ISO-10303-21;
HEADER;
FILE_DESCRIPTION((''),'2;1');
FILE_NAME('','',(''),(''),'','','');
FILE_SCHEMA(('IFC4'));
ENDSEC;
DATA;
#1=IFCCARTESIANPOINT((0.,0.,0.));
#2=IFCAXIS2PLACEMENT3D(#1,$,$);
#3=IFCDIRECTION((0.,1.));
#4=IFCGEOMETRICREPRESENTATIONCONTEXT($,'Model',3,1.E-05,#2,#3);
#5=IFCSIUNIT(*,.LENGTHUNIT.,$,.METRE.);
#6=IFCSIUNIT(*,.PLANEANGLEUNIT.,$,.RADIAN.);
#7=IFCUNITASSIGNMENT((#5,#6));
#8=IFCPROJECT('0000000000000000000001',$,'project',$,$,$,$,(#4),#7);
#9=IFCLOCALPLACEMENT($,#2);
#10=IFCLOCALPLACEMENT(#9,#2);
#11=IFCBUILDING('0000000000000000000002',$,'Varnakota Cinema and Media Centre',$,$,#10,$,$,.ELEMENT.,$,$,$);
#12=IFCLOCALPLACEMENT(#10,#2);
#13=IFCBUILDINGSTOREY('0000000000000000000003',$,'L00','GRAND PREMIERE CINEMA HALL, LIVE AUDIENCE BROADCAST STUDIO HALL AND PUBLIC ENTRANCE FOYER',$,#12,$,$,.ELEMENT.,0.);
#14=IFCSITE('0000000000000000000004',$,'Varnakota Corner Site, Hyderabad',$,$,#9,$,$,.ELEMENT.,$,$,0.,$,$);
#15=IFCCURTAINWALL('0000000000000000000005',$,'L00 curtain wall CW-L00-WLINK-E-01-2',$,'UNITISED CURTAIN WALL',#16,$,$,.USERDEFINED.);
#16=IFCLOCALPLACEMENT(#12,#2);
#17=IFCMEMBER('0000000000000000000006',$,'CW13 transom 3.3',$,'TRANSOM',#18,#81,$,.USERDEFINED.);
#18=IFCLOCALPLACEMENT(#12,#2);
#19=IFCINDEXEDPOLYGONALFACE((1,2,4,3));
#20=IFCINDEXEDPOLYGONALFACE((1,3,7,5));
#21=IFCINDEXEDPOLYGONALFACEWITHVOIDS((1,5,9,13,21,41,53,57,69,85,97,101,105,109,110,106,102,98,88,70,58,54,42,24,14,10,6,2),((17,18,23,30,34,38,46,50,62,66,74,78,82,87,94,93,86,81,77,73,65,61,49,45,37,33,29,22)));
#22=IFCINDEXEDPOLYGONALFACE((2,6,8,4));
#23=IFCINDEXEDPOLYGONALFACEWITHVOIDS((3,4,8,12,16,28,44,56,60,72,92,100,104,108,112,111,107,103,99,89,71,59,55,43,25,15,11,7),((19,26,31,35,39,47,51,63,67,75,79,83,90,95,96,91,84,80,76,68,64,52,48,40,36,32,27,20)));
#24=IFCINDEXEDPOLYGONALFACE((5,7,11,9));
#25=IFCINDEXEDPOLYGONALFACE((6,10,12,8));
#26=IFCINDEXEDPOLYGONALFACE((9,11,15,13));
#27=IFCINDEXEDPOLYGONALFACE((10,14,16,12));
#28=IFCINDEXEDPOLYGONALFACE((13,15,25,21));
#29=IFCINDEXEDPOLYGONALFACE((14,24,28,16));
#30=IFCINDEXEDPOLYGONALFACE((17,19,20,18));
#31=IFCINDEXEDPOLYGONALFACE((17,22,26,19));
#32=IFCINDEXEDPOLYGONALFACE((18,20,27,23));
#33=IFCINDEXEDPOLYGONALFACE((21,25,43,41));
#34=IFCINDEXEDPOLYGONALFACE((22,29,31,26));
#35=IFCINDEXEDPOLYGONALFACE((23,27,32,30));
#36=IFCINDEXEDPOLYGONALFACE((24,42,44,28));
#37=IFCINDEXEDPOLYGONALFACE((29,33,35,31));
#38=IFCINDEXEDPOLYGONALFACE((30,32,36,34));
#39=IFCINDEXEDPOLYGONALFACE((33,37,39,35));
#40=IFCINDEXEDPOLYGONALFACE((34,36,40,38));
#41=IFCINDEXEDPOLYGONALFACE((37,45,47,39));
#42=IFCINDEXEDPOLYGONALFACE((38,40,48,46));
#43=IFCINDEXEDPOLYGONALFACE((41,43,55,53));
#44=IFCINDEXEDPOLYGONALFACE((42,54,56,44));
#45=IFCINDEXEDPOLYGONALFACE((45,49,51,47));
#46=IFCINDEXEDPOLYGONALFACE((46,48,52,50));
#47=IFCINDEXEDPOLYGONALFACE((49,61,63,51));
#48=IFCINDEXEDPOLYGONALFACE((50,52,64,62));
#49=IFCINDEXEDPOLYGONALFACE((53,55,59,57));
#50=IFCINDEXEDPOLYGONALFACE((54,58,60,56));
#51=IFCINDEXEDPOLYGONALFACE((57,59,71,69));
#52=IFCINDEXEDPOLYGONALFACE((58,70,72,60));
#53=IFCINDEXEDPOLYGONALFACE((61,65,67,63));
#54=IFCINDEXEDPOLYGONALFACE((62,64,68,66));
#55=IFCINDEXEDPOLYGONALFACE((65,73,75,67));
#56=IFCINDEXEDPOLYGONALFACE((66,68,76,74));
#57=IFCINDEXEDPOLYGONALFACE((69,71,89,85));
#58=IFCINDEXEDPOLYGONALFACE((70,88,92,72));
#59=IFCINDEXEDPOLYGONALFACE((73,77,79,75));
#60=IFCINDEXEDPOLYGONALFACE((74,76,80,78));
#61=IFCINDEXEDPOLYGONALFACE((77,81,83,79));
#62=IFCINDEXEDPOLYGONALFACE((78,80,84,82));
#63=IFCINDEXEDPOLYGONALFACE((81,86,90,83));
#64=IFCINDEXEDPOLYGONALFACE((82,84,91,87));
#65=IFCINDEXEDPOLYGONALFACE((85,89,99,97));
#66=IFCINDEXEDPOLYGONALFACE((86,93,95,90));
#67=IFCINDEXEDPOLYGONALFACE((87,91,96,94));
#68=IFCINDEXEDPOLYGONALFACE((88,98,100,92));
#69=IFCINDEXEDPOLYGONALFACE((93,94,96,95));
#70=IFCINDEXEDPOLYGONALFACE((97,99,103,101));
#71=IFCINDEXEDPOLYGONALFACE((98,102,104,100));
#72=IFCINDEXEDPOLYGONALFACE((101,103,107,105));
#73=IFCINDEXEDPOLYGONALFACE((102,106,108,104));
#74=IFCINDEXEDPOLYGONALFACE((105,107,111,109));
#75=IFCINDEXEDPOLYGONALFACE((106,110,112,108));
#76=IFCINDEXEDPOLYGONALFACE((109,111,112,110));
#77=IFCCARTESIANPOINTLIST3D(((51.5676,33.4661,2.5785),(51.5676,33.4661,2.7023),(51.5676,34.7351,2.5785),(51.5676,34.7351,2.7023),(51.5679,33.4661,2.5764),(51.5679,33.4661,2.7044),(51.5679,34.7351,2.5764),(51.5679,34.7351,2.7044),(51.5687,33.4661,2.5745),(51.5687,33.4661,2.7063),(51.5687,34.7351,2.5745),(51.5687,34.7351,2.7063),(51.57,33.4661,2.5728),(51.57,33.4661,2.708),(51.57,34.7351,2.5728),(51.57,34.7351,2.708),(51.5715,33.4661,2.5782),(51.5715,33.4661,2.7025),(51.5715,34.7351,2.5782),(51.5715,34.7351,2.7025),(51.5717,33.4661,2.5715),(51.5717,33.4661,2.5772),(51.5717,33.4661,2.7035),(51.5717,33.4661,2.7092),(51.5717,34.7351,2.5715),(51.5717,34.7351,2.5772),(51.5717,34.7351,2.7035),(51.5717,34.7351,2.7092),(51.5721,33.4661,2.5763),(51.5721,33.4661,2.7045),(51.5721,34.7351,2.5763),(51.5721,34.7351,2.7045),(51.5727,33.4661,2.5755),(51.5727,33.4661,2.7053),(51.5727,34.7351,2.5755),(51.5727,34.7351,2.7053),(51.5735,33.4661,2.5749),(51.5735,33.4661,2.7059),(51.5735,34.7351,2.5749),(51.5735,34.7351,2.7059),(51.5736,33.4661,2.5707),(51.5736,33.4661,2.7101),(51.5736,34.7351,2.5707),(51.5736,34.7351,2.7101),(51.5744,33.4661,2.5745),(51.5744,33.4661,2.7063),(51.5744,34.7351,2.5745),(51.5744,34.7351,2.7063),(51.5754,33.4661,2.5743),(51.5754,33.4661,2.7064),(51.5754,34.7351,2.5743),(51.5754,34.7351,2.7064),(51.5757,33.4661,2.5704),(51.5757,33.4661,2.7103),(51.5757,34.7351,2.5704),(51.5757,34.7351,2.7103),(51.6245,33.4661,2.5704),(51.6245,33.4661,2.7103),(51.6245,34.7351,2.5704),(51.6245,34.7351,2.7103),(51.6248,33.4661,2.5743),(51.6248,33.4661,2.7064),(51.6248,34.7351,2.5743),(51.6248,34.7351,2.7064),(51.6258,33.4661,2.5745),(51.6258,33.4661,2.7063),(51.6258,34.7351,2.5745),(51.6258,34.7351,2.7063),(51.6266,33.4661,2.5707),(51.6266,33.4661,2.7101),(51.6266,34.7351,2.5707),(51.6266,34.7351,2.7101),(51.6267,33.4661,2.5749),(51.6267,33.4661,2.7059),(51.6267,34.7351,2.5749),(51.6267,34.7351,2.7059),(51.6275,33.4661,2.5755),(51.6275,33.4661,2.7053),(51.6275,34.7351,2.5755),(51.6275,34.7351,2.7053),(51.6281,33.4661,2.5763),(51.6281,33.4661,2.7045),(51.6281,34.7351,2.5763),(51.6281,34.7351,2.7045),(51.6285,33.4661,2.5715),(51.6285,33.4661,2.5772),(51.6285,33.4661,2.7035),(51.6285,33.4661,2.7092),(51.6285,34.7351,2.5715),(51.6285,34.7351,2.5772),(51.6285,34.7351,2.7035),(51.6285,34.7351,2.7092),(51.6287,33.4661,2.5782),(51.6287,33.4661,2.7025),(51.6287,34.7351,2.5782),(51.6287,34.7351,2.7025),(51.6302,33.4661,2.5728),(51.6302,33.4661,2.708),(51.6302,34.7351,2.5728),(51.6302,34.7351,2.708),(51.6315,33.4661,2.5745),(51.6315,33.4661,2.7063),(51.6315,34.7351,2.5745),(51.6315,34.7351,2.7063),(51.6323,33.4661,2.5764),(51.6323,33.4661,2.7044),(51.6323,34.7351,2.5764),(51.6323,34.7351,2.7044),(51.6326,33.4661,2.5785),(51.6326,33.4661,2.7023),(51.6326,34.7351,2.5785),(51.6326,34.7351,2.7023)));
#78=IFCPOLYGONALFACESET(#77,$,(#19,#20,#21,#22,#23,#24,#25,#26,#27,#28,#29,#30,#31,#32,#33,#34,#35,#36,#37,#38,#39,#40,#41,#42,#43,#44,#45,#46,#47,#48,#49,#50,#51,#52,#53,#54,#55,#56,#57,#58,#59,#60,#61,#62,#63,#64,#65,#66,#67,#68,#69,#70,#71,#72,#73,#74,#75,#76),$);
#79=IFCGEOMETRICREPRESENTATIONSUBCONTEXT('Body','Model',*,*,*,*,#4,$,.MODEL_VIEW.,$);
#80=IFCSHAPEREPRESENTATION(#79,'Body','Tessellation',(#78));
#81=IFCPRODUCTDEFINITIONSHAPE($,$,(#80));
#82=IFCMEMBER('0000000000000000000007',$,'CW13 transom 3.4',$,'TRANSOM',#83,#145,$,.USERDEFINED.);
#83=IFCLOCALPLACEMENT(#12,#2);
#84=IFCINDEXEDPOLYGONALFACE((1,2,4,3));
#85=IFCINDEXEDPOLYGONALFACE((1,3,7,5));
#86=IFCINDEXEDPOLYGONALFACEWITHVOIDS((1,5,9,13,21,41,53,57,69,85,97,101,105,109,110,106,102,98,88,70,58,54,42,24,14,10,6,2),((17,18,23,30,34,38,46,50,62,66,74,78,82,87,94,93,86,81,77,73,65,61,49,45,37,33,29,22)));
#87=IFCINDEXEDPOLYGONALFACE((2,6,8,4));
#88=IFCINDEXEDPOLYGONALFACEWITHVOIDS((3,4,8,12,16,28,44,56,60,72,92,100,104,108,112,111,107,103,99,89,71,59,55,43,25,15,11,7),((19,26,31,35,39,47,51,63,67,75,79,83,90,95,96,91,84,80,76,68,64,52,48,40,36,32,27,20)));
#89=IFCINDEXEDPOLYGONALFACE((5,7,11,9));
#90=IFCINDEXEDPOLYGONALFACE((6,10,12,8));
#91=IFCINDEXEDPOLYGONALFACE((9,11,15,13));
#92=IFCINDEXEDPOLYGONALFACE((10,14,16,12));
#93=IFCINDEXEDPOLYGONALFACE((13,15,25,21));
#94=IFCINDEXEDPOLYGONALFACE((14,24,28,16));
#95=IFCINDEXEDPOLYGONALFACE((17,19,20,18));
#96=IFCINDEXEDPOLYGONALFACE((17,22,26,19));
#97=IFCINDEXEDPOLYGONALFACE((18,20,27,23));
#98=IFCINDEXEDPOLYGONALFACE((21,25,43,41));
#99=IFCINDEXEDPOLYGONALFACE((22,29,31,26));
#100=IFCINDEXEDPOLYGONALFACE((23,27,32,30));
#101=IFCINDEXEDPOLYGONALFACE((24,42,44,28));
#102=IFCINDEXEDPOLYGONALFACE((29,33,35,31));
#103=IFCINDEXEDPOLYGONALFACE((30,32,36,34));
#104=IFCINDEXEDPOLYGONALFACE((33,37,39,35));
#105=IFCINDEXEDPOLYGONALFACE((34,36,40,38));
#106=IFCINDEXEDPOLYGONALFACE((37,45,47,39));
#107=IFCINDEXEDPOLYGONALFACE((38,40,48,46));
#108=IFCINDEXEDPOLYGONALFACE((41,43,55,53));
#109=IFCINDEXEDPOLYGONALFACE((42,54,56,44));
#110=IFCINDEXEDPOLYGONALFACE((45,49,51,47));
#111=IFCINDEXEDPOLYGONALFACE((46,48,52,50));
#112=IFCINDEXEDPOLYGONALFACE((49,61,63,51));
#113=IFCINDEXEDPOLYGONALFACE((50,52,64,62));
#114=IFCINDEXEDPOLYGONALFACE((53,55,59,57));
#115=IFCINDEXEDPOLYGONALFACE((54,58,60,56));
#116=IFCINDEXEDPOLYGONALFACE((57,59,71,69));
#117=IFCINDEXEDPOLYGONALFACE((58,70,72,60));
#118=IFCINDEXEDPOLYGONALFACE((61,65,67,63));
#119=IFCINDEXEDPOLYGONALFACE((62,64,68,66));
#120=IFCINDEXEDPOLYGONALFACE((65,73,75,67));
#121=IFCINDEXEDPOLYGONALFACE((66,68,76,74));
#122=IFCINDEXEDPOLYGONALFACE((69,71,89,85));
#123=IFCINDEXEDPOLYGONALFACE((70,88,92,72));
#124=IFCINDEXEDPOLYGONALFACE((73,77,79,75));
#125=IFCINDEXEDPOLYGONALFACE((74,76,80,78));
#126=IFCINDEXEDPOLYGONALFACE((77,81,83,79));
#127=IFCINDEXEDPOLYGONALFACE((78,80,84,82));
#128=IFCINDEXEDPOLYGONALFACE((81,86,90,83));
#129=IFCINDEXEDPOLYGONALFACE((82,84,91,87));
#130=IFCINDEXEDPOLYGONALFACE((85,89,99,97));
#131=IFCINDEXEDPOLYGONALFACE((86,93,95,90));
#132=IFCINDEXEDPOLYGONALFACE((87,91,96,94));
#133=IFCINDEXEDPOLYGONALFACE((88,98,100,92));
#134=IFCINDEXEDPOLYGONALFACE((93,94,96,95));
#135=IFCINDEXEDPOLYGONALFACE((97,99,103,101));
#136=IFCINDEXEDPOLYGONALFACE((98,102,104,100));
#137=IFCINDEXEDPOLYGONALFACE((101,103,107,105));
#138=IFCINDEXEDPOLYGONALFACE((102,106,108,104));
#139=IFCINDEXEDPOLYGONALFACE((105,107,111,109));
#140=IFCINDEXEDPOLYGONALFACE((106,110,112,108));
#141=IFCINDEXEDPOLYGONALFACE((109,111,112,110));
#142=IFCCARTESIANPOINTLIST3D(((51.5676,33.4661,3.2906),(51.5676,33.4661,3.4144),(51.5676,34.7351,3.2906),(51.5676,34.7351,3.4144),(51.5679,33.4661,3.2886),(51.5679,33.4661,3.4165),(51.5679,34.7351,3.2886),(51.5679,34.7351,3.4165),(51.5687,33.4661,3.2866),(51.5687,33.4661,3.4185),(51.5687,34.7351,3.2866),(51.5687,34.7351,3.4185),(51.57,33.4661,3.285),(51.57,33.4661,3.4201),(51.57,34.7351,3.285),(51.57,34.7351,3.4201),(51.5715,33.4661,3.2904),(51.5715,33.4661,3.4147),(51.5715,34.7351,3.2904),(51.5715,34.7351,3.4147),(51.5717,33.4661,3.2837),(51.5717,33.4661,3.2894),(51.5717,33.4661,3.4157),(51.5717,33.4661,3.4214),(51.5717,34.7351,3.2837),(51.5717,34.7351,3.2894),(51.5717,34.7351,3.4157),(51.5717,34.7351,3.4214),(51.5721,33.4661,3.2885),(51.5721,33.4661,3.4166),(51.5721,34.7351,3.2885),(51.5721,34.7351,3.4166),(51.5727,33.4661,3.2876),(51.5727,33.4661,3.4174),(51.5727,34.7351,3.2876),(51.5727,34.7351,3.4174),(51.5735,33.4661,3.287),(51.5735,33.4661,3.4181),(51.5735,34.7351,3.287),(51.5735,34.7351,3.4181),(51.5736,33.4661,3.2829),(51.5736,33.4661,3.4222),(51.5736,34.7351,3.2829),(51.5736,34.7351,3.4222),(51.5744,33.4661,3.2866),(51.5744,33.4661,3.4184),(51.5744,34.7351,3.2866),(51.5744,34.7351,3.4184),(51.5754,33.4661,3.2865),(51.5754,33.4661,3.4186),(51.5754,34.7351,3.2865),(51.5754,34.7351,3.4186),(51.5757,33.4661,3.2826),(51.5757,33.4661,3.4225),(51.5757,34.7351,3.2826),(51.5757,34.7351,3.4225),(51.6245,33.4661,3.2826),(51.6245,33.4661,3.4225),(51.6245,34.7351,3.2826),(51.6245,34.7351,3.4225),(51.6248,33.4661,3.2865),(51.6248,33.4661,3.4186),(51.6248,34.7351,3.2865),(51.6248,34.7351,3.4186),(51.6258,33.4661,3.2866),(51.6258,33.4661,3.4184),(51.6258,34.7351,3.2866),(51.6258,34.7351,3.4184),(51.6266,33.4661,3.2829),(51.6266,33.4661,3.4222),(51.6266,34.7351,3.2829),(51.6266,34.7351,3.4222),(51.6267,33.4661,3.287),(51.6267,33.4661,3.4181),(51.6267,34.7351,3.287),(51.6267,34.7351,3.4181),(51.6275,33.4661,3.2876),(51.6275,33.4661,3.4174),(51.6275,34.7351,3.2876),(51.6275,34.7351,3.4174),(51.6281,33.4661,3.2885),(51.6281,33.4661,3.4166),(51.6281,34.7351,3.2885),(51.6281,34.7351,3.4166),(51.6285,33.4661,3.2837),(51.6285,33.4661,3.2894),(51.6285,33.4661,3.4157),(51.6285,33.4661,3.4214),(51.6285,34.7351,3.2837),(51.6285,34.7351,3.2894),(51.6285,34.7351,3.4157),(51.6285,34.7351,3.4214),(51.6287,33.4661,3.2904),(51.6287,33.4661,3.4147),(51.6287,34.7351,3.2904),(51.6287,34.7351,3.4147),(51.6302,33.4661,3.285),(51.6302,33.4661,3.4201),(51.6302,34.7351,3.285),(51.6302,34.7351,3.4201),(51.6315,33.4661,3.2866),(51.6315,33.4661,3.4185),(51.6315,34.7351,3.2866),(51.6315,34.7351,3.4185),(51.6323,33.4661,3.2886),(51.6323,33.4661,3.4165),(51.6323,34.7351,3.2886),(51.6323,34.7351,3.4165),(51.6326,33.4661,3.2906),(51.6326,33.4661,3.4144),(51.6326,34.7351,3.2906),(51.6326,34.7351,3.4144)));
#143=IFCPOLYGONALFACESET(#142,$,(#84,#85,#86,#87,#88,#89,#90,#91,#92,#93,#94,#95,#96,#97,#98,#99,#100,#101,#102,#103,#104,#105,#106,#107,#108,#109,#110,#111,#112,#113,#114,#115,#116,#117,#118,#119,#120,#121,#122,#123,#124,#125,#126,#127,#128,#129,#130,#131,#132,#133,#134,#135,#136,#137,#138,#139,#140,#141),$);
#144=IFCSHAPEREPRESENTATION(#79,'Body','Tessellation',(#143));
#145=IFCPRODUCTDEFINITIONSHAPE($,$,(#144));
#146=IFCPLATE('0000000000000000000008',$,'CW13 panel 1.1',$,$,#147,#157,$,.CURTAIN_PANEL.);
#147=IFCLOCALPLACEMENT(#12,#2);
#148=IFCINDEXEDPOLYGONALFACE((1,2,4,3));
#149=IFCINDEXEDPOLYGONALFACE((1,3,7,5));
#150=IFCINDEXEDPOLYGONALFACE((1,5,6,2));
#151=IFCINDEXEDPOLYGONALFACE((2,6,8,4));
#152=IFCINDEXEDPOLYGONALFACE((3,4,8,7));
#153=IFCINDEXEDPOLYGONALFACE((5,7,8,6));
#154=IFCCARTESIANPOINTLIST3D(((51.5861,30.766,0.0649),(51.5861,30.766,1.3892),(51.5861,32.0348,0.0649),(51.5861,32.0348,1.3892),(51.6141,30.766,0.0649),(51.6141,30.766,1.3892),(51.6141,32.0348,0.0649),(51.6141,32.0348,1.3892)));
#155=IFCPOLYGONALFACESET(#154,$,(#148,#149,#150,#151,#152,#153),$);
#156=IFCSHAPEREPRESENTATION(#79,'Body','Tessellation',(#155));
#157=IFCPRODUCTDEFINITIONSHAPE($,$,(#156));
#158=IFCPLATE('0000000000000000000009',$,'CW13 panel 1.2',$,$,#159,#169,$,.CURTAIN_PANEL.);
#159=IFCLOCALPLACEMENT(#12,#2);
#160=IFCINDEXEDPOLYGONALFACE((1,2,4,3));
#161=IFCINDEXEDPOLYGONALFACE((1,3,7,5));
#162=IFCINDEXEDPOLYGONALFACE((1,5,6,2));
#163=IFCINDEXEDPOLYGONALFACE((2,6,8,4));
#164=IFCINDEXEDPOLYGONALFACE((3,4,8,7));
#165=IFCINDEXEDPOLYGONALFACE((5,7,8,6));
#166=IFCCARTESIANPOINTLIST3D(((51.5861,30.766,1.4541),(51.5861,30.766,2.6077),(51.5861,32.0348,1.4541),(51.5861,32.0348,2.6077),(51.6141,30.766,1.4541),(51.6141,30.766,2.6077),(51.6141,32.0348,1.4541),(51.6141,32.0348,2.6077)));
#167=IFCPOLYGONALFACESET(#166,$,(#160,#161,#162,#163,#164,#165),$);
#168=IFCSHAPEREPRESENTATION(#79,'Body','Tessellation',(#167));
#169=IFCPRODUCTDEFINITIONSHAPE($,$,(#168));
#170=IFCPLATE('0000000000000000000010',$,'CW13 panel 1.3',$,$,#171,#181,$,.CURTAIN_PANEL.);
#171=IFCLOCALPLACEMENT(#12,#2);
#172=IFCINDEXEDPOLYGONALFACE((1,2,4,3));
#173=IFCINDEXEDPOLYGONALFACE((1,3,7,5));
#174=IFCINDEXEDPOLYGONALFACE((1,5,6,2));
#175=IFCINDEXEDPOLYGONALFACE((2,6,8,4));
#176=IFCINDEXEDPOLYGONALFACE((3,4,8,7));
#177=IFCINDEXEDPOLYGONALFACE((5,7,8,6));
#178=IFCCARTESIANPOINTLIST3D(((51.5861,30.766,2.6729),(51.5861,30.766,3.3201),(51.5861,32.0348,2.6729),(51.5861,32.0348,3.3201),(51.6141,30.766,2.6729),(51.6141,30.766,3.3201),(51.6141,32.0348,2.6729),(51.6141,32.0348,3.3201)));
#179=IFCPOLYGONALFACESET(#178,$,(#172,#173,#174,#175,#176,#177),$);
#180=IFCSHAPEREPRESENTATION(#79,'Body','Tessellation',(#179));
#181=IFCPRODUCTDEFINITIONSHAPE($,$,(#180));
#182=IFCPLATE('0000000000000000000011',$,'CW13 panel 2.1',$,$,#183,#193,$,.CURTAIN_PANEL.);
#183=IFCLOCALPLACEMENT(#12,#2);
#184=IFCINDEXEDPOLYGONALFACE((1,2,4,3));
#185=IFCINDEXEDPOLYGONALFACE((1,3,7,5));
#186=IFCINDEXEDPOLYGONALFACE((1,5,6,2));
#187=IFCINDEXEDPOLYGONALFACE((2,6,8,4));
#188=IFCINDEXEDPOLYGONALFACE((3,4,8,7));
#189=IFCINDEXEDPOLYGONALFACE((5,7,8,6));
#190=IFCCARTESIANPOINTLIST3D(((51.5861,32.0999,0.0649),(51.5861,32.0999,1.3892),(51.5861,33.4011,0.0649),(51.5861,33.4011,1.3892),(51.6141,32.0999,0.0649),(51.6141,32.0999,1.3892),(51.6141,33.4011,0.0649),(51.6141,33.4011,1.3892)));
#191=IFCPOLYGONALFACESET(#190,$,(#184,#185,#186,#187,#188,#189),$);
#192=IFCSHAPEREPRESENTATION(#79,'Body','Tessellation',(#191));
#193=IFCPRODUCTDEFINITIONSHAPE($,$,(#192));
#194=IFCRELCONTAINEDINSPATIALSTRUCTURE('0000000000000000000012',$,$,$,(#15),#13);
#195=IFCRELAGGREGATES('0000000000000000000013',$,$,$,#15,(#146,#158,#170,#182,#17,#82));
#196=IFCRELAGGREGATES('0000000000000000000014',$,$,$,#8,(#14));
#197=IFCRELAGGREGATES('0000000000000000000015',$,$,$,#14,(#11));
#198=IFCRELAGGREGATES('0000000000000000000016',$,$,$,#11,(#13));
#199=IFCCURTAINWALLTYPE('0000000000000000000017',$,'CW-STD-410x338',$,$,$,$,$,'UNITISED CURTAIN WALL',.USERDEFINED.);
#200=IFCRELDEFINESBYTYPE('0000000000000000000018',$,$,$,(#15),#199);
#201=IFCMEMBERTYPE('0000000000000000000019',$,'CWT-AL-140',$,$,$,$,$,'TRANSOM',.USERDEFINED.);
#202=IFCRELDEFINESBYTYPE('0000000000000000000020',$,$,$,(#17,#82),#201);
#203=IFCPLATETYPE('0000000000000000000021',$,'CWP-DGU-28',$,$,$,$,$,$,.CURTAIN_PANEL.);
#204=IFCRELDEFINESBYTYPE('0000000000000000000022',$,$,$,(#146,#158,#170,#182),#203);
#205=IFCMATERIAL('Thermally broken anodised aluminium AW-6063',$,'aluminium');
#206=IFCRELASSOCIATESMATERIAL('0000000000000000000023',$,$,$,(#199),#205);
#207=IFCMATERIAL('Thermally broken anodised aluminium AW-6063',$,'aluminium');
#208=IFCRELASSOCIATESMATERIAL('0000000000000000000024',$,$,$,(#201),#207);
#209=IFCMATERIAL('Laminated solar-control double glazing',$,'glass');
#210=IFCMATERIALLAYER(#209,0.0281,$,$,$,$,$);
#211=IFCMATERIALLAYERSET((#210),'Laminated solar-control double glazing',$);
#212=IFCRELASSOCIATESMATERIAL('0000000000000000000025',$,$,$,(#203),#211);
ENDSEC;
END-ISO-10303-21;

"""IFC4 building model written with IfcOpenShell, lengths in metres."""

from ifc_helpers import new_model, si_unit, direction, frame, origin, origin_2d, place, context, subcontext, project, spatial, rectangle, hollow_rectangle, extrude, material, layer, layer_set, material_profile, profile_set, type_object, element, aggregate, save


model = new_model("IFC4")

# Units and contexts
model_context = context("Model", 3, precision=1e-05, world=origin(), true_north=direction((0.0, 1.0)))
body_context = subcontext(model_context, "Body", "Model", "MODEL_VIEW")
ifc_project = project(units=[si_unit("LENGTHUNIT", "METRE"), si_unit("PLANEANGLEUNIT", "RADIAN")], contexts=[model_context])

# Site, building, storey
site_placement = place(None, origin())
site = spatial("IfcSite", under=ifc_project, at=site_placement, Name="Varnakota Corner Site, Hyderabad", CompositionType="ELEMENT", RefElevation=0.0)
building_placement = place(site_placement, origin())
building = spatial("IfcBuilding", under=site, at=building_placement, Name="Varnakota Cinema and Media Centre", CompositionType="ELEMENT")
storey_placement = place(building_placement, origin())
storey = spatial("IfcBuildingStorey", under=building, at=storey_placement, Name="L00", Description="GRAND PREMIERE CINEMA HALL, LIVE AUDIENCE BROADCAST STUDIO HALL AND PUBLIC ENTRANCE FOYER", CompositionType="ELEMENT", Elevation=0.0)

# Shared definitions
ifc_material_1 = material(Name="Thermally broken anodised aluminium AW-6063", Category="aluminium")
curtain_wall_type = type_object("IfcCurtainWallType", Name="CW-STD-410x338", ElementType="UNITISED CURTAIN WALL", PredefinedType="USERDEFINED", material=ifc_material_1)

# Curtain wall, members, plates
curtain_wall_1_placement = place(storey_placement, origin())
curtain_wall_1 = element("IfcCurtainWall", 1, at=curtain_wall_1_placement, inside=storey, type_object=curtain_wall_type, Name="L00 curtain wall CW-L00-WLINK-E-01-2", ObjectType="UNITISED CURTAIN WALL", PredefinedType="USERDEFINED")
ifc_material_2 = material(Name="Thermally broken anodised aluminium AW-6063", Category="aluminium")
ifc_material_profile_1 = material_profile(ifc_material_2, hollow_rectangle(XDim=0.0649, YDim=0.1399, WallThickness=0.0039, InnerFilletRadius=0.0039, OuterFilletRadius=0.0081, at=origin_2d()), Name="AL-TRANSOM 140x65x4")
ifc_profile_set_1 = profile_set([ifc_material_profile_1], Name="Thermally broken anodised aluminium AW-6063")
member_type_1 = type_object("IfcMemberType", Name="CWT-AL-140", ElementType="TRANSOM", PredefinedType="USERDEFINED", material=ifc_profile_set_1)
member_1_placement = place(storey_placement, frame((51.6001, 33.4661, 2.6404), z_axis=(0.0, 1.0, 0.0), x_axis=(-1.0, 0.0, 0.0)))
member_1 = element("IfcMember", 2, at=member_1_placement, type_object=member_type_1, Name="CW13 transom 3.3", ObjectType="TRANSOM", PredefinedType="USERDEFINED", context=body_context, shape_type="SweptSolid", body=[
    extrude(hollow_rectangle(XDim=0.0649, YDim=0.1399, WallThickness=0.0039, InnerFilletRadius=0.0039, OuterFilletRadius=0.0081, at=origin_2d()), origin(), (0.0, 0.0, 1.0), 1.269),
])
member_2_placement = place(storey_placement, frame((51.6001, 33.4661, 3.3525), z_axis=(0.0, 1.0, 0.0), x_axis=(-1.0, 0.0, 0.0)))
member_2 = element("IfcMember", 3, at=member_2_placement, type_object=member_type_1, Name="CW13 transom 3.4", ObjectType="TRANSOM", PredefinedType="USERDEFINED", context=body_context, shape_type="SweptSolid", body=[
    extrude(hollow_rectangle(XDim=0.0649, YDim=0.1399, WallThickness=0.0039, InnerFilletRadius=0.0039, OuterFilletRadius=0.0081, at=origin_2d()), origin(), (0.0, 0.0, 1.0), 1.269),
])
ifc_material_3 = material(Name="Laminated solar-control double glazing", Category="glass")
ifc_layer = layer(ifc_material_3, 0.0281)
ifc_layer_set = layer_set([ifc_layer], Name="Laminated solar-control double glazing")
plate_type = type_object("IfcPlateType", Name="CWP-DGU-28", PredefinedType="CURTAIN_PANEL", material=ifc_layer_set)
plate_1_placement = place(storey_placement, frame((51.6001, 31.4004, 0.0649), z_axis=(0.0, 0.0, 1.0), x_axis=(0.0, 1.0, 0.0)))
plate_1 = element("IfcPlate", 4, at=plate_1_placement, type_object=plate_type, Name="CW13 panel 1.1", PredefinedType="CURTAIN_PANEL", context=body_context, shape_type="SweptSolid", body=[
    extrude(rectangle(XDim=1.2688, YDim=0.0281, at=origin_2d()), origin(), (0.0, 0.0, 1.0), 1.3242),
])
plate_2_placement = place(storey_placement, frame((51.6001, 31.4004, 1.4541), z_axis=(0.0, 0.0, 1.0), x_axis=(0.0, 1.0, 0.0)))
plate_2 = element("IfcPlate", 5, at=plate_2_placement, type_object=plate_type, Name="CW13 panel 1.2", PredefinedType="CURTAIN_PANEL", context=body_context, shape_type="SweptSolid", body=[
    extrude(rectangle(XDim=1.2688, YDim=0.0281, at=origin_2d()), origin(), (0.0, 0.0, 1.0), 1.1536),
])
plate_3_placement = place(storey_placement, frame((51.6001, 31.4004, 2.6729), z_axis=(0.0, 0.0, 1.0), x_axis=(0.0, 1.0, 0.0)))
plate_3 = element("IfcPlate", 6, at=plate_3_placement, type_object=plate_type, Name="CW13 panel 1.3", PredefinedType="CURTAIN_PANEL", context=body_context, shape_type="SweptSolid", body=[
    extrude(rectangle(XDim=1.2688, YDim=0.0281, at=origin_2d()), origin(), (0.0, 0.0, 1.0), 0.6472),
])
plate_4_placement = place(storey_placement, frame((51.6001, 32.7505, 0.0649), z_axis=(0.0, 0.0, 1.0), x_axis=(0.0, 1.0, 0.0)))
plate_4 = element("IfcPlate", 7, at=plate_4_placement, type_object=plate_type, Name="CW13 panel 2.1", PredefinedType="CURTAIN_PANEL", context=body_context, shape_type="SweptSolid", body=[
    extrude(rectangle(XDim=1.3013, YDim=0.0281, at=origin_2d()), origin(), (0.0, 0.0, 1.0), 1.3242),
])
aggregate(curtain_wall_1, [plate_1, plate_2, plate_3, plate_4, member_1, member_2])

save(model, "model.ifc")
